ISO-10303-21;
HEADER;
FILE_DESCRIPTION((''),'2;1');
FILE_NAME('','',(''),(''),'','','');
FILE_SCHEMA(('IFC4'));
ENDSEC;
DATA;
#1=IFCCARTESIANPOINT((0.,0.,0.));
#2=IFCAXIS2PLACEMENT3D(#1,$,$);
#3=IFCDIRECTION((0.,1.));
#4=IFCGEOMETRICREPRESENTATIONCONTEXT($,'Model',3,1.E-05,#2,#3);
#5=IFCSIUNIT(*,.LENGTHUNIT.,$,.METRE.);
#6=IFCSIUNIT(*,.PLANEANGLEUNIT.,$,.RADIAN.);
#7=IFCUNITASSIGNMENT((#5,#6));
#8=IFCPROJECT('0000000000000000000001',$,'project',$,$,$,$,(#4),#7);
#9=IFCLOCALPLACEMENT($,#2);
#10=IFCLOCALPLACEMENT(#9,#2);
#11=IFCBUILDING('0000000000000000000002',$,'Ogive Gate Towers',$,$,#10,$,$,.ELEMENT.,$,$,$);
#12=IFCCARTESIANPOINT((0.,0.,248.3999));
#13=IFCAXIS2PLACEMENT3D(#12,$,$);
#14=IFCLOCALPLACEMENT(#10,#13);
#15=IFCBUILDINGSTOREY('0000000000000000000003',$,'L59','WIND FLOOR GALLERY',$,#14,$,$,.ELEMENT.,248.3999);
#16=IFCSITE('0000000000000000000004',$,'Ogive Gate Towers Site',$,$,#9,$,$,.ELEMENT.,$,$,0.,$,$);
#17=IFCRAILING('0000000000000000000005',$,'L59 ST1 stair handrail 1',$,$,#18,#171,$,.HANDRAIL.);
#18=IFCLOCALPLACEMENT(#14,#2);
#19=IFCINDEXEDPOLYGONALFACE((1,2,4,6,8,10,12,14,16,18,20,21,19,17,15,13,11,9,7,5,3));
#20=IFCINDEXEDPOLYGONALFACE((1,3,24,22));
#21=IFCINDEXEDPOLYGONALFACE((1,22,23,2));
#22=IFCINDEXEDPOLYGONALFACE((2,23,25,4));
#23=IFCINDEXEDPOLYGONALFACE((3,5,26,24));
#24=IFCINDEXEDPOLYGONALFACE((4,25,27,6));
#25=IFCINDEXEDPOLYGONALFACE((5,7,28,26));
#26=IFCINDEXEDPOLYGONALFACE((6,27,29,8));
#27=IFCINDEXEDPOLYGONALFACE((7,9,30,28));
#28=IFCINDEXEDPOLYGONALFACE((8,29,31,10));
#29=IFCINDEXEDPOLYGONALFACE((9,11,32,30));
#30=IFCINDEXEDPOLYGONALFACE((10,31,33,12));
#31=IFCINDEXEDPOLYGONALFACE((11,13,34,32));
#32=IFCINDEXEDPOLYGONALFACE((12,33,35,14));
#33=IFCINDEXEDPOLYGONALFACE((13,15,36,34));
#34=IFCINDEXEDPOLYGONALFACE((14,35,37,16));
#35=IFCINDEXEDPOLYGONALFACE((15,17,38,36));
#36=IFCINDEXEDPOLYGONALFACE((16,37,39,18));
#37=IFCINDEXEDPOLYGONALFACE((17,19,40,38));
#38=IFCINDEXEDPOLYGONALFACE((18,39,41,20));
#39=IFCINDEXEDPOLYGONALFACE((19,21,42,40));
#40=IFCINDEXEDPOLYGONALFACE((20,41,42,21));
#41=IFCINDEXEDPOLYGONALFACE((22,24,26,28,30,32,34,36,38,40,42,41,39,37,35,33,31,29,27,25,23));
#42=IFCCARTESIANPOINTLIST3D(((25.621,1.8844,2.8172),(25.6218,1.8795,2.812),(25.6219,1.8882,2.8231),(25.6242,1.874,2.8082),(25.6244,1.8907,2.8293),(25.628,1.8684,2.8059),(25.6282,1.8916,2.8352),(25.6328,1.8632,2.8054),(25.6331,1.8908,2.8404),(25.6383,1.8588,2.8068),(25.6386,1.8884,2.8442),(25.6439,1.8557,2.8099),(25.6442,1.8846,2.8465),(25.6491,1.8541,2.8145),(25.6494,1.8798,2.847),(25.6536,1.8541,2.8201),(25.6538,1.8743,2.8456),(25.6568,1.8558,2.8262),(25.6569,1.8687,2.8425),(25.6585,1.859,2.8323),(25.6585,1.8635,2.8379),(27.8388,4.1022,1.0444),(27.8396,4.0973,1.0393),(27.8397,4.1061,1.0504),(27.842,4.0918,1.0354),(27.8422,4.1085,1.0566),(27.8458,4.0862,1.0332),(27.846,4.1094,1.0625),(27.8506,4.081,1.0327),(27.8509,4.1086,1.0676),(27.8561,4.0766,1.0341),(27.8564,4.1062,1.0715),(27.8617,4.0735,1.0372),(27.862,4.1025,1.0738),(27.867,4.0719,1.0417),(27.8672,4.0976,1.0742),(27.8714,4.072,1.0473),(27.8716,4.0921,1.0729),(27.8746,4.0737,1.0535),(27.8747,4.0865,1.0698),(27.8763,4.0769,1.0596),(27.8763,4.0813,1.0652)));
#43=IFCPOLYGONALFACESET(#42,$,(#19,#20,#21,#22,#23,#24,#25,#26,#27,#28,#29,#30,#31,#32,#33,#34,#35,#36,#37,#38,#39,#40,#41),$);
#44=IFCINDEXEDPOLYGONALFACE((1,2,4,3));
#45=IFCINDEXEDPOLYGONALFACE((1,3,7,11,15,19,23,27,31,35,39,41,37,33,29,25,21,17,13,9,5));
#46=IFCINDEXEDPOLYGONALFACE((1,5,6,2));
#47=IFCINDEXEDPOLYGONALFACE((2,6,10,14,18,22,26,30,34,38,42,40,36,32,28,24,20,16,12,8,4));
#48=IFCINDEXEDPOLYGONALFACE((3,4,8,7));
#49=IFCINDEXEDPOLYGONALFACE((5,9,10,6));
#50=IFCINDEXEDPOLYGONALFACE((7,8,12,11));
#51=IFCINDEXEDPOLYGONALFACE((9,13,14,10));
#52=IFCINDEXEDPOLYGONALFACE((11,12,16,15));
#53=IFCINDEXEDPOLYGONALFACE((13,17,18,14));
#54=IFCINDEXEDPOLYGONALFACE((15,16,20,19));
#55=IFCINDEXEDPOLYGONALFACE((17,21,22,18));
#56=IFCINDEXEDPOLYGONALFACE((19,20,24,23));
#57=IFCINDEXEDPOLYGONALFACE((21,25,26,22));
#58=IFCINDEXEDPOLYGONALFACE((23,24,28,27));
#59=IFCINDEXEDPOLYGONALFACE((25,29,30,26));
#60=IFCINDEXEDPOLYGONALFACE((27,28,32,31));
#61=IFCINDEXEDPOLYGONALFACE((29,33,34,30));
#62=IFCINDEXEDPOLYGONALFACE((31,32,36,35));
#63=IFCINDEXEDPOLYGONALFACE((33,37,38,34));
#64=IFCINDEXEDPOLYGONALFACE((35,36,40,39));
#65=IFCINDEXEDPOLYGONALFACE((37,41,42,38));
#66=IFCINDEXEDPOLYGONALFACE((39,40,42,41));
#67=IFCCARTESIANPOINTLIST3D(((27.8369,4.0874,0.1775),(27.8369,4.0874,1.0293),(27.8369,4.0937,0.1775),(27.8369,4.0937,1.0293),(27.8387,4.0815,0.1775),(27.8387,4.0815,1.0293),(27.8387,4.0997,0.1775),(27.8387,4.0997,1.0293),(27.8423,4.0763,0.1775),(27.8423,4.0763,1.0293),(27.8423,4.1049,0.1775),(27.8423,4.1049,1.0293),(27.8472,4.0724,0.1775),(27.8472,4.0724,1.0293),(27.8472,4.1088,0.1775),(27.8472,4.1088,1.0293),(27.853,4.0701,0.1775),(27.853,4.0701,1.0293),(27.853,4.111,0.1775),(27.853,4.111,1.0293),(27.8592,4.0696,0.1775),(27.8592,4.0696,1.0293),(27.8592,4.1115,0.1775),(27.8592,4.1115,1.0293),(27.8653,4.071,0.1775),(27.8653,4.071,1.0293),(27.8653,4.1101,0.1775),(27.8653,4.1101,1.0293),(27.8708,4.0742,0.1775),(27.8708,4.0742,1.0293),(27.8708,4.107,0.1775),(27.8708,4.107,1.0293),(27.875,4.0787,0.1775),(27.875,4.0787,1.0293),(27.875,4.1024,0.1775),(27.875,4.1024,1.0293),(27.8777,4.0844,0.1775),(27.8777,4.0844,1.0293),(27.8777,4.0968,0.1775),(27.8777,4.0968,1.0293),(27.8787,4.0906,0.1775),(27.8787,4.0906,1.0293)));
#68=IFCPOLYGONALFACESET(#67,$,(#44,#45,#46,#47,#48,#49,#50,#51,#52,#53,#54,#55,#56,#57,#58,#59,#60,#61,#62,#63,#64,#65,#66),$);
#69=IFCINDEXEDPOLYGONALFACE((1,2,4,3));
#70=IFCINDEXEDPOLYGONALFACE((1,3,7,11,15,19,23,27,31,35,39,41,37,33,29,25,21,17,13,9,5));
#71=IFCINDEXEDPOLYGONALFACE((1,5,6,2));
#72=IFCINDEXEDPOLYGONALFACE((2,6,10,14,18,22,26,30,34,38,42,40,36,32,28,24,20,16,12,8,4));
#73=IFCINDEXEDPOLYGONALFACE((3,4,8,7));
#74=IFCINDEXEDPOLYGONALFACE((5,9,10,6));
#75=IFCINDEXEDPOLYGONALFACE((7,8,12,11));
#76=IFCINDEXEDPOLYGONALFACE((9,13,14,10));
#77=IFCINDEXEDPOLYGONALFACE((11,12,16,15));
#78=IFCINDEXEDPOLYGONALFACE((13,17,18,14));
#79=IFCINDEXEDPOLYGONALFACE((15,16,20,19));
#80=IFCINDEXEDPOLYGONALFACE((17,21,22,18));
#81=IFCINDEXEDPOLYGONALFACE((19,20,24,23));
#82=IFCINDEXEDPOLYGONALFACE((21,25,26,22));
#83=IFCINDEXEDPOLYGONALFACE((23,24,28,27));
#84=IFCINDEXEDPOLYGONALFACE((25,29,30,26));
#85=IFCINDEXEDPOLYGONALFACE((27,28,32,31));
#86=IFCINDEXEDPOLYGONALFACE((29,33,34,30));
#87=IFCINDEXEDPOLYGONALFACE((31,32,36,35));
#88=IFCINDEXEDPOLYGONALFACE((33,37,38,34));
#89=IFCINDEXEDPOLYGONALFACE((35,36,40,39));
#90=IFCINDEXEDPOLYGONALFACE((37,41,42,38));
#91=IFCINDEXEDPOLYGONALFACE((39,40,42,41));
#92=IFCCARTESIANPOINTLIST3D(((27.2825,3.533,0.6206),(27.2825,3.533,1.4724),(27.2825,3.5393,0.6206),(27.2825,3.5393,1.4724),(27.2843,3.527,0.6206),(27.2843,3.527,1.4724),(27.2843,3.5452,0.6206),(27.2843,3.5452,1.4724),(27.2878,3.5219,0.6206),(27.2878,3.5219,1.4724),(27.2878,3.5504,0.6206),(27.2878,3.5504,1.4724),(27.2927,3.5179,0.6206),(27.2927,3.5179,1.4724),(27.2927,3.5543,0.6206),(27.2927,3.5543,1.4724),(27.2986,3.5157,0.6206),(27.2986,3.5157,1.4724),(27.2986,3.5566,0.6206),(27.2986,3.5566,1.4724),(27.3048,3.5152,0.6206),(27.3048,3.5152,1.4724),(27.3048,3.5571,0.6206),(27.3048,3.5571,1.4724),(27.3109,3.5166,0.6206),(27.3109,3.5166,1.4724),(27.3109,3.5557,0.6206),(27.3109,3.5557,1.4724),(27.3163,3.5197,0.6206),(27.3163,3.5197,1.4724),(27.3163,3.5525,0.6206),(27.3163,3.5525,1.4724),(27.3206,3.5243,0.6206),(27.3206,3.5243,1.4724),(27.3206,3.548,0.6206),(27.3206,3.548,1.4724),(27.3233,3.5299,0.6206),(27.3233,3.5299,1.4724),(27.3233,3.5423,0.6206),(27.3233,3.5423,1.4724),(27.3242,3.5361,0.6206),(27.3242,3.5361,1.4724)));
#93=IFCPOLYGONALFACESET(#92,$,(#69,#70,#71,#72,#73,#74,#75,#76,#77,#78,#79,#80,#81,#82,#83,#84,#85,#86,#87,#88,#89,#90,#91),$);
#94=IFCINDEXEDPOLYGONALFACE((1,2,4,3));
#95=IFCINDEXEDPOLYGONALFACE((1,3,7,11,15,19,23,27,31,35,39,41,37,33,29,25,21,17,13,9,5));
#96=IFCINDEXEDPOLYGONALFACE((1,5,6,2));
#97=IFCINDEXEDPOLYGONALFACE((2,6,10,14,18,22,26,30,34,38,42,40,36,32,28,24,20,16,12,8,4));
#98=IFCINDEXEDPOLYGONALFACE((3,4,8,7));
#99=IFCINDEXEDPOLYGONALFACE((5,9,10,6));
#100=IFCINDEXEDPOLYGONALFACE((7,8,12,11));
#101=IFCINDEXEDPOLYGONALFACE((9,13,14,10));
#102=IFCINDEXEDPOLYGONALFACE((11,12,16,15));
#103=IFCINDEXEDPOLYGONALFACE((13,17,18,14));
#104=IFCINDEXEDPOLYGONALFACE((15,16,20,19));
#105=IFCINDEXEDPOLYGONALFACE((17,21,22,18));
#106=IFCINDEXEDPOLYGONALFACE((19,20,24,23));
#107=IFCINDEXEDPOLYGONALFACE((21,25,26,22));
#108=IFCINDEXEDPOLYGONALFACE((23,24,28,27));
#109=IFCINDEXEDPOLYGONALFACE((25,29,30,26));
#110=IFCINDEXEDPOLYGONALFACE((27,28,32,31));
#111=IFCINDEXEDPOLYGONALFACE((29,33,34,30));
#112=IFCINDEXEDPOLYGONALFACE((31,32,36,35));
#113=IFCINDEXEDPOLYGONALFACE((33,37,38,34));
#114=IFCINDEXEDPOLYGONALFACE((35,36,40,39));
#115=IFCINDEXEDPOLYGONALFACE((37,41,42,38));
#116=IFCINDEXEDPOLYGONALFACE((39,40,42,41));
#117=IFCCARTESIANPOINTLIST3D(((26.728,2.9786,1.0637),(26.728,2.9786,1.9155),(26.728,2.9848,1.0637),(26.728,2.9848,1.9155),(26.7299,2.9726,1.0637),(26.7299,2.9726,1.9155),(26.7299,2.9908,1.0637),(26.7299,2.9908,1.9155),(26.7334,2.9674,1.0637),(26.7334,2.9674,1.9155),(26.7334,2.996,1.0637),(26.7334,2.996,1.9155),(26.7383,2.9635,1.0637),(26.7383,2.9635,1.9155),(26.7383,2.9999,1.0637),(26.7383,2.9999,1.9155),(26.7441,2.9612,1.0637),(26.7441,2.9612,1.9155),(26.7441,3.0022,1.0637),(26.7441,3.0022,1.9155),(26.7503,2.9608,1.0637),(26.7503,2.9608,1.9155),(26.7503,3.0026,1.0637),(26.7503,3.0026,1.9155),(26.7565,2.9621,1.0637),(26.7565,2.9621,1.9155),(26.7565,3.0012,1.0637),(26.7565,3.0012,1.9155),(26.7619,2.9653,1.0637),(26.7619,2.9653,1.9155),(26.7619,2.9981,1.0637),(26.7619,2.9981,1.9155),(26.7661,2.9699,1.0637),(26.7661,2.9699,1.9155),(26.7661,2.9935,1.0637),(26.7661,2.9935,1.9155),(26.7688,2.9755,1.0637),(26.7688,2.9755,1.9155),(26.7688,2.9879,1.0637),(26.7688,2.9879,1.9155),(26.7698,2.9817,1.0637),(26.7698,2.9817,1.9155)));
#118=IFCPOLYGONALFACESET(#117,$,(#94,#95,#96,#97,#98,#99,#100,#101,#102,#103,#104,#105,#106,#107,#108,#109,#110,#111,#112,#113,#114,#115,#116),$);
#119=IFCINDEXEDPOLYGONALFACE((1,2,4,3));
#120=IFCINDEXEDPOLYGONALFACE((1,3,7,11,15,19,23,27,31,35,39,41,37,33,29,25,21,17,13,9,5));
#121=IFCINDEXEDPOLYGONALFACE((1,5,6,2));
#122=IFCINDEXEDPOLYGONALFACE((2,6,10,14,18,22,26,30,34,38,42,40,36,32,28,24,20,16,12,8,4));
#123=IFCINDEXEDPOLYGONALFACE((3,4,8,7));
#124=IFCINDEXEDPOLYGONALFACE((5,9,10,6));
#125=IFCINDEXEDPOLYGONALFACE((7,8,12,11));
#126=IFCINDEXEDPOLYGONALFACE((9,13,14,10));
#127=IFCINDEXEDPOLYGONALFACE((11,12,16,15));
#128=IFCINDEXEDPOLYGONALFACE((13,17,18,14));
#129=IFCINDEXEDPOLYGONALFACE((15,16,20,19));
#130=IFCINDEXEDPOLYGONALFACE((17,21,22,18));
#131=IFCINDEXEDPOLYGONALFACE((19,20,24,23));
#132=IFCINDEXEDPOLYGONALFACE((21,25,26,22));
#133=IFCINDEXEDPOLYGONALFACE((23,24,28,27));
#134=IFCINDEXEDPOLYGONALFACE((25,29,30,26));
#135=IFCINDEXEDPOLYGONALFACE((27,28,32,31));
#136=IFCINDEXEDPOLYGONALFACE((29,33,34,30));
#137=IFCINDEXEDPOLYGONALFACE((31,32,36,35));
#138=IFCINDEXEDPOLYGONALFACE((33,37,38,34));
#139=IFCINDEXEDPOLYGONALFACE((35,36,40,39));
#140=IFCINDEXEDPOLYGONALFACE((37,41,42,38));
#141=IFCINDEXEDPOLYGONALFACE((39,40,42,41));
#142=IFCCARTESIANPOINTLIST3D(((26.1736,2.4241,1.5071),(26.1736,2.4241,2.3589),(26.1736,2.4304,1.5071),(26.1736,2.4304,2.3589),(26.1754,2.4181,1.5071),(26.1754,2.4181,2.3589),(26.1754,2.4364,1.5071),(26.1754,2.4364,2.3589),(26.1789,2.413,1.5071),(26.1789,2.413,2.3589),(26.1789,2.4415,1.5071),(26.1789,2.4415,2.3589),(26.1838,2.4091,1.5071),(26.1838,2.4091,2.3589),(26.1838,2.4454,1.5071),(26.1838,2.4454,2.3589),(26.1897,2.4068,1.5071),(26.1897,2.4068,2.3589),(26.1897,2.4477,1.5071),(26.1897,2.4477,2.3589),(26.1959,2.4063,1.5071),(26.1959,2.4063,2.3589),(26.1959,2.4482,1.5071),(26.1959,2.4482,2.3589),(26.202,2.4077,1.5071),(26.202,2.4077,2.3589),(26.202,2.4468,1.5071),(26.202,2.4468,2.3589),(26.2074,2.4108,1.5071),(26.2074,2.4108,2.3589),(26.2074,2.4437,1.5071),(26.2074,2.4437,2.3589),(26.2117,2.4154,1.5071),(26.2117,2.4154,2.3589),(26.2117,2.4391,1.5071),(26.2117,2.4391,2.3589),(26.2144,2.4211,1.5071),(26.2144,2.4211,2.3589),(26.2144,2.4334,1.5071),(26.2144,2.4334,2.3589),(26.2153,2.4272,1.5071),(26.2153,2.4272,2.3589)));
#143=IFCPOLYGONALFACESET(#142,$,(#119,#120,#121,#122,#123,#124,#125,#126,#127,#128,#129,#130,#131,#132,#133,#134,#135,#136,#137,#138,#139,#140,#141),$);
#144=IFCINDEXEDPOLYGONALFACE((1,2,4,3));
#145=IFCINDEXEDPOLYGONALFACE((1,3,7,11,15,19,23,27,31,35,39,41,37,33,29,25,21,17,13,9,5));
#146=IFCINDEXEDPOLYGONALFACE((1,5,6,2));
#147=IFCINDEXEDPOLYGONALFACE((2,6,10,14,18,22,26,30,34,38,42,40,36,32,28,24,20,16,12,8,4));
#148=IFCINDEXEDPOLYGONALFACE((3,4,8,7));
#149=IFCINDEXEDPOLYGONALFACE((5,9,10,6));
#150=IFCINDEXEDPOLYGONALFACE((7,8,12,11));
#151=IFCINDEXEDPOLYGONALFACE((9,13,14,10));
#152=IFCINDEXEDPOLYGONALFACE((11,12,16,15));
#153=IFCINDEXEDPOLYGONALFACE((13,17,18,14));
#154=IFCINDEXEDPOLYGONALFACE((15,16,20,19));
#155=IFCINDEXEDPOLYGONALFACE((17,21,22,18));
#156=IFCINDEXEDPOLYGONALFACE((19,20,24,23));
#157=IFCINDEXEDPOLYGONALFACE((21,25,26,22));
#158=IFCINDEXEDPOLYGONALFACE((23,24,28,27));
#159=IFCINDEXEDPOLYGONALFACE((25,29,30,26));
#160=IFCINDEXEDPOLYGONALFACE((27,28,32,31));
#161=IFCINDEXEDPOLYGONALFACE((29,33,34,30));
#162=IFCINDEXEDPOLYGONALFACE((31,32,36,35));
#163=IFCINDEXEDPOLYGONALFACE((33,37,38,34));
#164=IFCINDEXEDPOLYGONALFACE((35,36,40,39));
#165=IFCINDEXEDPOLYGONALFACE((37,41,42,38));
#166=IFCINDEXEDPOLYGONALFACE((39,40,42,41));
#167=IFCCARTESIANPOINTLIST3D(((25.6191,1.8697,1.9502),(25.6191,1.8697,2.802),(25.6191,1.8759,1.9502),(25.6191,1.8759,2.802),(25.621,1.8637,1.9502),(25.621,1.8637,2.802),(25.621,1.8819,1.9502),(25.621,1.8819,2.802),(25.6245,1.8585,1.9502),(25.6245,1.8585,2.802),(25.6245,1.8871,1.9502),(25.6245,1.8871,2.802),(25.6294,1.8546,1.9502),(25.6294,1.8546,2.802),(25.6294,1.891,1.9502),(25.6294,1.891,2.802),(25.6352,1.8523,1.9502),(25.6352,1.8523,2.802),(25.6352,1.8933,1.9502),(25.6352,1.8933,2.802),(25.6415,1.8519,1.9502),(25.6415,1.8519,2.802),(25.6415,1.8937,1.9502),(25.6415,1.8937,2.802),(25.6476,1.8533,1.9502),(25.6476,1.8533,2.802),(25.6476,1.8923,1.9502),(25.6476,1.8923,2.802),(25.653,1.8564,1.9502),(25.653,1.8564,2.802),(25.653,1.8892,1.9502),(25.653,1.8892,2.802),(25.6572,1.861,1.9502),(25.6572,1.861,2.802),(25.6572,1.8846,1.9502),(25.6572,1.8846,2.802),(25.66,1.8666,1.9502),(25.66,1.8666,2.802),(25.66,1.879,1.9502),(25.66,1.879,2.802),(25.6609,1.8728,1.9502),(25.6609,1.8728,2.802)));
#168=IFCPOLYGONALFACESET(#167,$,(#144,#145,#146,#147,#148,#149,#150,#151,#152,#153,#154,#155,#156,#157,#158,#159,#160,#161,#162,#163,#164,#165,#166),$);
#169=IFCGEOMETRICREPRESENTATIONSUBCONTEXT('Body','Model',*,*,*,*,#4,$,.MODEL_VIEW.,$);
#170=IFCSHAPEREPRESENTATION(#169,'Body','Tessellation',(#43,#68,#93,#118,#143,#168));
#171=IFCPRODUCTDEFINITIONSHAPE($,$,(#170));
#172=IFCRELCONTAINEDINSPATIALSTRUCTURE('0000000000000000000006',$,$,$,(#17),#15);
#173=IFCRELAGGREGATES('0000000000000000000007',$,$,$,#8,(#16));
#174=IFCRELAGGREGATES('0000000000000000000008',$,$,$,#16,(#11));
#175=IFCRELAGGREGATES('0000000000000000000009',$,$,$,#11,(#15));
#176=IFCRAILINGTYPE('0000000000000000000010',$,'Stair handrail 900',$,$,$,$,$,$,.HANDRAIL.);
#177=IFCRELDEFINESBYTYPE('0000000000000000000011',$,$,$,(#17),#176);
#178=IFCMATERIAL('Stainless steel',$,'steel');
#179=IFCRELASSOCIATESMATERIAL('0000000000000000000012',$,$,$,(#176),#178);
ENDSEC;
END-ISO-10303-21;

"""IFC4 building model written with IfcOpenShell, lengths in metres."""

from ifc_helpers import new_model, si_unit, direction, frame, origin, origin_2d, place, context, subcontext, project, spatial, circle, extrude, material, type_object, element, save


model = new_model("IFC4")

# Units and contexts
model_context = context("Model", 3, precision=1e-05, world=origin(), true_north=direction((0.0, 1.0)))
body_context = subcontext(model_context, "Body", "Model", "MODEL_VIEW")
ifc_project = project(units=[si_unit("LENGTHUNIT", "METRE"), si_unit("PLANEANGLEUNIT", "RADIAN")], contexts=[model_context])

# Site, building, storey
site_placement = place(None, origin())
site = spatial("IfcSite", under=ifc_project, at=site_placement, Name="Ogive Gate Towers Site", CompositionType="ELEMENT", RefElevation=0.0)
building_placement = place(site_placement, origin())
building = spatial("IfcBuilding", under=site, at=building_placement, Name="Ogive Gate Towers", CompositionType="ELEMENT")
storey_placement = place(building_placement, frame((0.0, 0.0, 248.3999)))
storey = spatial("IfcBuildingStorey", under=building, at=storey_placement, Name="L59", Description="WIND FLOOR GALLERY", CompositionType="ELEMENT", Elevation=248.3999)

# Railing
ifc_material_1 = material(Name="Stainless steel", Category="steel")
railing_type_1 = type_object("IfcRailingType", Name="Stair handrail 900", PredefinedType="HANDRAIL", material=ifc_material_1)
for number, where, name in (
    (1, (27.8577, 4.0906, 0.1775), "L59 ST1 stair handrail 1"),
):
    element("IfcRailing", number, at=place(storey_placement, frame(where)), inside=storey, type_object=railing_type_1, Name=name, PredefinedType="HANDRAIL", context=body_context, shape_type="SweptSolid", body=[
        extrude(circle(Radius=0.0239, at=origin_2d()), frame((0.0, 0.0, 0.876), z_axis=(-0.615585, -0.615585, 0.492048), x_axis=(0.707107, -0.707107, 0.0)), (0.0, 0.0, 1.0), 3.6028),
        extrude(circle(Radius=0.021, at=origin_2d()), origin(), (0.0, 0.0, 1.0), 0.8518),
        extrude(circle(Radius=0.021, at=origin_2d()), frame((-0.5544, -0.5544, 0.4431)), (0.0, 0.0, 1.0), 0.8518),
        extrude(circle(Radius=0.021, at=origin_2d()), frame((-1.1089, -1.1089, 0.8862)), (0.0, 0.0, 1.0), 0.8518),
        extrude(circle(Radius=0.021, at=origin_2d()), frame((-1.6633, -1.6633, 1.3296)), (0.0, 0.0, 1.0), 0.8518),
        extrude(circle(Radius=0.021, at=origin_2d()), frame((-2.2178, -2.2178, 1.7727)), (0.0, 0.0, 1.0), 0.8518),
    ])

save(model, "model.ifc")
